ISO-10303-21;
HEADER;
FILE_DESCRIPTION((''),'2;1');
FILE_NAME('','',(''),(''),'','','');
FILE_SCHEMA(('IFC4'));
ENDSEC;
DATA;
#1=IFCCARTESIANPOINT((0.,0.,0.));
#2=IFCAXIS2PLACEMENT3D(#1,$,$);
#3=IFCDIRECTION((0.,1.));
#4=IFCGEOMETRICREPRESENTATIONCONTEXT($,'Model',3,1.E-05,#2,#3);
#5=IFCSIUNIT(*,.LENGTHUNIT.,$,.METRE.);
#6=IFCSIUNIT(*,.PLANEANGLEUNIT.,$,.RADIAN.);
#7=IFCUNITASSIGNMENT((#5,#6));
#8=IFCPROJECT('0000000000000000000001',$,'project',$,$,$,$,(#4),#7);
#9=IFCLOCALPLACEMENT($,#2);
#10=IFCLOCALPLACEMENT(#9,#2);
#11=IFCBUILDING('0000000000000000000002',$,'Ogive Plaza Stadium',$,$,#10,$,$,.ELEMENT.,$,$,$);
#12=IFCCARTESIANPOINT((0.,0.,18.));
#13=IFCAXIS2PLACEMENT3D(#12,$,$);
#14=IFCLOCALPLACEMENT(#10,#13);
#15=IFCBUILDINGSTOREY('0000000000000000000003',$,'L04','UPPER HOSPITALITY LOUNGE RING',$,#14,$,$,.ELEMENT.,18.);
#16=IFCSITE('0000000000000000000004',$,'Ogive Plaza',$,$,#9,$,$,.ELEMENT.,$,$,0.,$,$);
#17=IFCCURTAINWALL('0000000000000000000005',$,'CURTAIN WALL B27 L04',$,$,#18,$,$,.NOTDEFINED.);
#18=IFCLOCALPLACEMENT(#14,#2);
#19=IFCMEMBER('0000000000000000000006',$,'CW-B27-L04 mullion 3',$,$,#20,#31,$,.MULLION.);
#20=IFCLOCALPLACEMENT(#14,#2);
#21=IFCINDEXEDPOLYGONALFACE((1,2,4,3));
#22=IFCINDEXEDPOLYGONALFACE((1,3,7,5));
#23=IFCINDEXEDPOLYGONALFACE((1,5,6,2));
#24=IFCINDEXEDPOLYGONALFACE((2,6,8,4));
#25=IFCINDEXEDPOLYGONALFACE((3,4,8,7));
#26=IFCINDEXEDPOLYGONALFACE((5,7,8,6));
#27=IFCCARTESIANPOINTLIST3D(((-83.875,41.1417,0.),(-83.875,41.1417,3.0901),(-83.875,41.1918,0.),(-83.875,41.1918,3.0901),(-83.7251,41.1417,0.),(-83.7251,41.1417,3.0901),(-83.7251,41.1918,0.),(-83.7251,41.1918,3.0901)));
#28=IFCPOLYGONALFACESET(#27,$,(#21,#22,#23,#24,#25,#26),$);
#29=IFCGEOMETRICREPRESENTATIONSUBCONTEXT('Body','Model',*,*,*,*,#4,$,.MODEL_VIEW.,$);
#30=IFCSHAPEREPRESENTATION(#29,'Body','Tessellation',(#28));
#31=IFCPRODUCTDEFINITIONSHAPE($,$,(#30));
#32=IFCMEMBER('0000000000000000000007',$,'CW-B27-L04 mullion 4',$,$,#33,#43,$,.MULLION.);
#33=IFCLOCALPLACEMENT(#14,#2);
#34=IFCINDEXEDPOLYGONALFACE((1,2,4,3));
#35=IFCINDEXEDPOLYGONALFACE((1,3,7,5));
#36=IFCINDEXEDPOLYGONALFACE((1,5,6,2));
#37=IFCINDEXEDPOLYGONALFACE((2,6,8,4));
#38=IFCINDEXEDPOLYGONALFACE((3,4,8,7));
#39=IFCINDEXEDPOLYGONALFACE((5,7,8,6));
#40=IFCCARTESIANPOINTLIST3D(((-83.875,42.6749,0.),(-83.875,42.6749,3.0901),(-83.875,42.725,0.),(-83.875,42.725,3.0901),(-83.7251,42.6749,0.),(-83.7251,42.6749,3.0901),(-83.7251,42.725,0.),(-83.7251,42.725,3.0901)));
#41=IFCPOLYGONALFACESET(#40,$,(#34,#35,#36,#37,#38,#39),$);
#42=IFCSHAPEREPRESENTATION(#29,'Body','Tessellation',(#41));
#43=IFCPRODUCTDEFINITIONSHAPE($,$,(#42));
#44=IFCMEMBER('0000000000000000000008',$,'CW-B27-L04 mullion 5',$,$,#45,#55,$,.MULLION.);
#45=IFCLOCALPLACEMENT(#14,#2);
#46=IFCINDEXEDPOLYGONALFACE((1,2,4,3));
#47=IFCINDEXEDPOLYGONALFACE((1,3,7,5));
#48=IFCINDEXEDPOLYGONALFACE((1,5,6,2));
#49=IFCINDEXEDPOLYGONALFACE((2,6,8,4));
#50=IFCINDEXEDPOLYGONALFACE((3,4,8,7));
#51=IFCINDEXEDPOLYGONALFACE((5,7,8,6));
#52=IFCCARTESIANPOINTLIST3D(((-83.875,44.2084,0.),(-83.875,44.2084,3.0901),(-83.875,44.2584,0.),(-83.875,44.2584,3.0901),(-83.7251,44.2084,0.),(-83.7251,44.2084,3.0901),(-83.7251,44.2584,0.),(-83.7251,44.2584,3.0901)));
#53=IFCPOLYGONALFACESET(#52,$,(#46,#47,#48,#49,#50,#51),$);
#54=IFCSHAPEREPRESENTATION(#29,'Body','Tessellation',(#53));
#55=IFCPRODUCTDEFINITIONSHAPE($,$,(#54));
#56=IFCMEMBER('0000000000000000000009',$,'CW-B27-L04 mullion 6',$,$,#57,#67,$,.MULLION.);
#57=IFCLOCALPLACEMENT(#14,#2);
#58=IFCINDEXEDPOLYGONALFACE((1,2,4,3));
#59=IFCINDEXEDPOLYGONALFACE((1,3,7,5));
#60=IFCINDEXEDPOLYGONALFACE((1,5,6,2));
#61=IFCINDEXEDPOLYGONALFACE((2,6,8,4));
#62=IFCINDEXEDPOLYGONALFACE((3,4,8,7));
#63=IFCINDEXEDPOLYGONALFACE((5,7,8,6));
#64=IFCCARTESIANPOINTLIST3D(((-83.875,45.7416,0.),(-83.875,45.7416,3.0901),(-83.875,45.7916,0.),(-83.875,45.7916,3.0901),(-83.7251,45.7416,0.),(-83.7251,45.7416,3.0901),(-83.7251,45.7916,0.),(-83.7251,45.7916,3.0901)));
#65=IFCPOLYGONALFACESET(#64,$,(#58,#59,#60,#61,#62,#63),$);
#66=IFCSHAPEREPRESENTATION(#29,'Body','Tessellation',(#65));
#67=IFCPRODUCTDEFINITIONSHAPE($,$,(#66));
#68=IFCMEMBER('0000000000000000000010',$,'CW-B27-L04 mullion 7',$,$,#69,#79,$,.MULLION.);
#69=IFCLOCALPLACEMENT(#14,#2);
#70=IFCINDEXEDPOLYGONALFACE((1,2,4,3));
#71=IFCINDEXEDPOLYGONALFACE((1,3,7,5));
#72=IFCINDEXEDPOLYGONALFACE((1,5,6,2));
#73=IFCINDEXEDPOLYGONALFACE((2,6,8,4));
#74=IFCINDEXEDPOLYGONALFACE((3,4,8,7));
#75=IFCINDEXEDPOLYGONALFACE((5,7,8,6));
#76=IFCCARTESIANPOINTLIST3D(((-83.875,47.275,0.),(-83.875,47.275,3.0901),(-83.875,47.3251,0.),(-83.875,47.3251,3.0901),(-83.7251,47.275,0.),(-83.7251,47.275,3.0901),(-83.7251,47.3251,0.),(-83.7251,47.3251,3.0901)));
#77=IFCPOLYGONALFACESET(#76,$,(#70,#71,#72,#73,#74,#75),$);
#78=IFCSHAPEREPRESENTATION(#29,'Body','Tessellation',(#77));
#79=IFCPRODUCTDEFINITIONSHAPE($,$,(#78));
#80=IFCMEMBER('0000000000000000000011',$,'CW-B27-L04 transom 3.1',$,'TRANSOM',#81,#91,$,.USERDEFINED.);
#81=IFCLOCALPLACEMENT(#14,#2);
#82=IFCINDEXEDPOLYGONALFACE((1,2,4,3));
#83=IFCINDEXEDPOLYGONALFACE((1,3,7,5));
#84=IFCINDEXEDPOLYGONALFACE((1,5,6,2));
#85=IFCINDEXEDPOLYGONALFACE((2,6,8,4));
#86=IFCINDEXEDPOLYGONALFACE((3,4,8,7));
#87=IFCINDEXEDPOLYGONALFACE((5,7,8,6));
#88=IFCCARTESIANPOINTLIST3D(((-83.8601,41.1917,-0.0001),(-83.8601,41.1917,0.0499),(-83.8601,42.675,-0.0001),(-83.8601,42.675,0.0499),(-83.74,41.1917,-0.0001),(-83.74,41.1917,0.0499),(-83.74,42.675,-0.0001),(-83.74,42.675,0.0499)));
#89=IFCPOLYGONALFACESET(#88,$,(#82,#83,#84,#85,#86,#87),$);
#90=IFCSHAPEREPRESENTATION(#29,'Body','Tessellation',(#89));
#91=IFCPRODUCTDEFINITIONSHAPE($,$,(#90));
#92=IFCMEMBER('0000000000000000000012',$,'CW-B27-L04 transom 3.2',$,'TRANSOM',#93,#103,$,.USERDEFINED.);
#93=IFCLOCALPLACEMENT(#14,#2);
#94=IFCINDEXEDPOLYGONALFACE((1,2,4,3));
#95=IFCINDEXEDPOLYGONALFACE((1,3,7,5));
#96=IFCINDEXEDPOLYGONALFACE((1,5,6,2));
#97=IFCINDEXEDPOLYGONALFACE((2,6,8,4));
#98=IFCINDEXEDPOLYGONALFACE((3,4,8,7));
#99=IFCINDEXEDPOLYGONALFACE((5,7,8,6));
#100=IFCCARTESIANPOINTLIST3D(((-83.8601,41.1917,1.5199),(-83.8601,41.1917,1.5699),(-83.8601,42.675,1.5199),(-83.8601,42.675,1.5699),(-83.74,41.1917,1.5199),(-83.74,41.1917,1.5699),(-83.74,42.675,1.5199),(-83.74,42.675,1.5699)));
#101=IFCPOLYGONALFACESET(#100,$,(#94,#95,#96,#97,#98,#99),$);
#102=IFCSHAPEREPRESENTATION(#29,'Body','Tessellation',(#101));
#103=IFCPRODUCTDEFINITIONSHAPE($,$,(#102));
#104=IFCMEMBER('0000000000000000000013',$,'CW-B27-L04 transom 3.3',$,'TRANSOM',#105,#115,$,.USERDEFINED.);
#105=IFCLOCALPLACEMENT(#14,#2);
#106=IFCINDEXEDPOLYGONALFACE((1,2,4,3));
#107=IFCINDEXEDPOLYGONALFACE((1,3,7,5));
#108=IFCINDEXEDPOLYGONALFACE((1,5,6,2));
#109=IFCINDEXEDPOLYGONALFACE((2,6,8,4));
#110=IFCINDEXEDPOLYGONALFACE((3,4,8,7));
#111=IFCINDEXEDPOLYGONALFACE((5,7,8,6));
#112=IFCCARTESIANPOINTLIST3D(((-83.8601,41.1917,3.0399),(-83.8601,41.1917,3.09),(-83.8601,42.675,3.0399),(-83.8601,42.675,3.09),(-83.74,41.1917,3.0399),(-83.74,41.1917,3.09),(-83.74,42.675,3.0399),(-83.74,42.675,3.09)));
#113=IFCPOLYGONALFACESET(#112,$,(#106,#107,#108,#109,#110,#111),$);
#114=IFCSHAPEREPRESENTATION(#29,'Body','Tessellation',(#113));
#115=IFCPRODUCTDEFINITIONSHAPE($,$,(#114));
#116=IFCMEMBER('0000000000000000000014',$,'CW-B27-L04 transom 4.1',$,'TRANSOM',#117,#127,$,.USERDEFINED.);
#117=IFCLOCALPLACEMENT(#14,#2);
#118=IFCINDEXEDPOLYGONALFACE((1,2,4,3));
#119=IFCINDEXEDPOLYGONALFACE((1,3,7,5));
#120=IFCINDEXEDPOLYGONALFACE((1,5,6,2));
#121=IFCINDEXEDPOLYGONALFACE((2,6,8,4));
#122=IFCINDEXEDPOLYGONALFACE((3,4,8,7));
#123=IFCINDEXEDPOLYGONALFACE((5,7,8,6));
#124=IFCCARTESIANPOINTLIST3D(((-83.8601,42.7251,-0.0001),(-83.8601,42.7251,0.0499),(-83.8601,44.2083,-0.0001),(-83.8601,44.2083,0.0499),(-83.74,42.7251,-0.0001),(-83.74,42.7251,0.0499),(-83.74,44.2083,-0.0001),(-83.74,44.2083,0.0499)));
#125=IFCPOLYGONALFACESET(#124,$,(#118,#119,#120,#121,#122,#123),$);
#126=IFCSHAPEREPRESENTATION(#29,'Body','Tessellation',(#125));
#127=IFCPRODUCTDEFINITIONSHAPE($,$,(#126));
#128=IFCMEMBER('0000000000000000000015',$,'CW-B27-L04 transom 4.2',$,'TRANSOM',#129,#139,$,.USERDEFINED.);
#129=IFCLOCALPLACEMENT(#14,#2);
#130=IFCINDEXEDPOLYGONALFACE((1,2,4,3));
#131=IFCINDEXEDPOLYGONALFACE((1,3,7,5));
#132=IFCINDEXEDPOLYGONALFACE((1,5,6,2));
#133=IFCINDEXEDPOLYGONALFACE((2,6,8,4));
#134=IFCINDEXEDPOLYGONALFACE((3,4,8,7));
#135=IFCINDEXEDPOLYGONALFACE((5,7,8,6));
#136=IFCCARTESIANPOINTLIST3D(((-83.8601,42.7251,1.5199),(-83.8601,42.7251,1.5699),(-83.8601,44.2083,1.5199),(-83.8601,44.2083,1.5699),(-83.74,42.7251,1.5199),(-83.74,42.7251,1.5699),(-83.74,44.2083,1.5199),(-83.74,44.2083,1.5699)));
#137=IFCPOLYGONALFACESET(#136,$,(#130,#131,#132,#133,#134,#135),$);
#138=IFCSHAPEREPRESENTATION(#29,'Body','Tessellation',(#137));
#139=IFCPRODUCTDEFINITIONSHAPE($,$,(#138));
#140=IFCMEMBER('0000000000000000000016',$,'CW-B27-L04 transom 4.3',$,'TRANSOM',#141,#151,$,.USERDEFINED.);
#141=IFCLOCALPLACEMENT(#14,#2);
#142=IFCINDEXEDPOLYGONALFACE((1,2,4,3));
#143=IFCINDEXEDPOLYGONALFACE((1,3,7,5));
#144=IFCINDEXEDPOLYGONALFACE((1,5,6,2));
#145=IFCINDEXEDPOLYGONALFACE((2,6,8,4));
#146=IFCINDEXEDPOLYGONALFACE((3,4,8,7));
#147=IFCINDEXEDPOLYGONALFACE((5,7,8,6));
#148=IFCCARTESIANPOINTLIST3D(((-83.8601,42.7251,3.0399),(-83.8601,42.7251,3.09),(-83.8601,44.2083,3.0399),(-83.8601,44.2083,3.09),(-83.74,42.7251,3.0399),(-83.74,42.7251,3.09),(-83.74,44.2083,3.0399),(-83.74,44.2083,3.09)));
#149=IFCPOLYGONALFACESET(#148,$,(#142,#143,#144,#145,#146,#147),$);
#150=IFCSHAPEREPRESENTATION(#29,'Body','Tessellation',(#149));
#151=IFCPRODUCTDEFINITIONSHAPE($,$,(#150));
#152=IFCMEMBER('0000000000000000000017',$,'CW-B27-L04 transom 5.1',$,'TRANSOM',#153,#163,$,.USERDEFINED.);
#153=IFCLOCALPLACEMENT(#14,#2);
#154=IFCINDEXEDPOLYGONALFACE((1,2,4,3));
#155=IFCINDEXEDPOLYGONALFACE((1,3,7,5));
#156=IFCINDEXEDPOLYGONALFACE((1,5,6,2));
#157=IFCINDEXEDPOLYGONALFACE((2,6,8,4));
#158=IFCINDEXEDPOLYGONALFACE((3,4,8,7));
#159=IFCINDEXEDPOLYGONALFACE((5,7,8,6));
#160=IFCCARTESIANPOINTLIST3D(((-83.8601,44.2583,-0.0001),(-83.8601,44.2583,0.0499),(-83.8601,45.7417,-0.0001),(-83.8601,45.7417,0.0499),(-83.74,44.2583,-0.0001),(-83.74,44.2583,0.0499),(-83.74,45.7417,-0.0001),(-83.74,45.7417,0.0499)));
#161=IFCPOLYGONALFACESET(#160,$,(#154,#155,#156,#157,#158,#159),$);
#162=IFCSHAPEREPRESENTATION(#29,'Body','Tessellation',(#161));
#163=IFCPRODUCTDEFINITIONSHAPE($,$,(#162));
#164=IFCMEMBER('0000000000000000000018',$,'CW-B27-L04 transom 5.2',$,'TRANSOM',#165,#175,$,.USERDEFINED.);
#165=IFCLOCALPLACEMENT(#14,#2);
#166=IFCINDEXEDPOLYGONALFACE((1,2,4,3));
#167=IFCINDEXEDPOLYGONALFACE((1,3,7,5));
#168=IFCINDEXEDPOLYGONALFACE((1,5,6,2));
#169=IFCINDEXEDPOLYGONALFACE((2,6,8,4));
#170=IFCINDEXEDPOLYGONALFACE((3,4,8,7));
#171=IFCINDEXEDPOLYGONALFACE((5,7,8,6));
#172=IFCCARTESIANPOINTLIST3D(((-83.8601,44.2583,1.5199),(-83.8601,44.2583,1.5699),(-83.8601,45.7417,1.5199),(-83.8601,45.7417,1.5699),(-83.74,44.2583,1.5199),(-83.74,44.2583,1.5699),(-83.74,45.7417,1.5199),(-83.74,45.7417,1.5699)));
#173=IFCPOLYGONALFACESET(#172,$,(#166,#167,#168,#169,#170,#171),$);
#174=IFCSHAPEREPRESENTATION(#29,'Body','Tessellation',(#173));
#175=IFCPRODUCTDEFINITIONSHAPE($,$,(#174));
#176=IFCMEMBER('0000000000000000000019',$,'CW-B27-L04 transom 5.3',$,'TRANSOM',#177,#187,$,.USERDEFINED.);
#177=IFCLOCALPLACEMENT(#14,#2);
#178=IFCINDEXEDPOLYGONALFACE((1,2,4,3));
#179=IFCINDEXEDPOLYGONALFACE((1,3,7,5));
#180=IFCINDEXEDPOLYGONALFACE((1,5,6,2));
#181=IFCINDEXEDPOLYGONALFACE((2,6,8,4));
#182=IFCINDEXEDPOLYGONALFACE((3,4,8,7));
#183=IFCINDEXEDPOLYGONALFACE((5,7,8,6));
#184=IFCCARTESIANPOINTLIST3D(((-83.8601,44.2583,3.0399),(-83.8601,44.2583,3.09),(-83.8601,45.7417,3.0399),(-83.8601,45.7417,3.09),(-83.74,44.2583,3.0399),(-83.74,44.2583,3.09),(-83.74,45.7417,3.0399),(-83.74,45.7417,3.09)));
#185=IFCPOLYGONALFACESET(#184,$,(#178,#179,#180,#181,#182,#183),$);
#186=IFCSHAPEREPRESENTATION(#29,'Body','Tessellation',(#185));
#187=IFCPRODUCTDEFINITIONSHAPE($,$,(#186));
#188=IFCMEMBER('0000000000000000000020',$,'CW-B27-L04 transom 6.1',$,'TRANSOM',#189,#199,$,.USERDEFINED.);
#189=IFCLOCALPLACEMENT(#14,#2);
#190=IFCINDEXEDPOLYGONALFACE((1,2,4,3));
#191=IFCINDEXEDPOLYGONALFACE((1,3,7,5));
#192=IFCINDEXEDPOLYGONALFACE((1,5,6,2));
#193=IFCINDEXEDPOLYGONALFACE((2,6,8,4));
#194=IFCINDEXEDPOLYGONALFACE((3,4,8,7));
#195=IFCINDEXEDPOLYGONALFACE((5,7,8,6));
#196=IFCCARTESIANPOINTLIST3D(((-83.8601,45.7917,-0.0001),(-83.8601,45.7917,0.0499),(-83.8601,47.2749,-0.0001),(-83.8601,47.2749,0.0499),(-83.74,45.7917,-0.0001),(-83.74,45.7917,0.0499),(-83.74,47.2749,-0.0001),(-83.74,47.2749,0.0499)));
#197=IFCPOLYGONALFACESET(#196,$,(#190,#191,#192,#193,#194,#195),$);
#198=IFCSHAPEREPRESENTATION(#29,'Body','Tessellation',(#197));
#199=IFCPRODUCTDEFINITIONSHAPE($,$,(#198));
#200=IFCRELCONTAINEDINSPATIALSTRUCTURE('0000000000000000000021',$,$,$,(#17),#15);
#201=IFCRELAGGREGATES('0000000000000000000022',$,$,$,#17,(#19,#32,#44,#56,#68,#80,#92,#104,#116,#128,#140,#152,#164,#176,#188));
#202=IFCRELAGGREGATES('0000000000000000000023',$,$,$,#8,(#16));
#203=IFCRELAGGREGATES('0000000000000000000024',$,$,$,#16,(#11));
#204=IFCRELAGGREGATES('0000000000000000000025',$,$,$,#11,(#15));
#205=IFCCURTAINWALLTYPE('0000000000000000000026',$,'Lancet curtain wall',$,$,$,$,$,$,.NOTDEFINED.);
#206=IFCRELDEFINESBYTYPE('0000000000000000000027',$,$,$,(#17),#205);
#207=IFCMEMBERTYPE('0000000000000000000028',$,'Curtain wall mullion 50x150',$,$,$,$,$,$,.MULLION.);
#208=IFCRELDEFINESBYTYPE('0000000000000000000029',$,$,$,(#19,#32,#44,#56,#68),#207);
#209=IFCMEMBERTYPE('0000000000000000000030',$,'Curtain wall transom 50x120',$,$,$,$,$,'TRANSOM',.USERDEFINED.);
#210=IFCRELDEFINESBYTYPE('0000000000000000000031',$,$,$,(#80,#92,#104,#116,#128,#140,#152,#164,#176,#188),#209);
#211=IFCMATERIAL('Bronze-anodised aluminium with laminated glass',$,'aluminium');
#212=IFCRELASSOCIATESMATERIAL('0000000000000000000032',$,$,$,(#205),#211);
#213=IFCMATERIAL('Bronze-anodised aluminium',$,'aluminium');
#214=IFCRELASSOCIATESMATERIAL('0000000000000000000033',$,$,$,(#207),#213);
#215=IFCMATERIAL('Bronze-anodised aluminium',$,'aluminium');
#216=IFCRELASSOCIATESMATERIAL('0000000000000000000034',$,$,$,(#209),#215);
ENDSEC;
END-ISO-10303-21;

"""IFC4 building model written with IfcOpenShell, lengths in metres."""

from ifc_helpers import new_model, si_unit, direction, frame, origin, origin_2d, place, context, subcontext, project, spatial, rectangle, extrude, material, material_profile, profile_set, type_object, element, aggregate, save


model = new_model("IFC4")

# Units and contexts
model_context = context("Model", 3, precision=1e-05, world=origin(), true_north=direction((0.0, 1.0)))
body_context = subcontext(model_context, "Body", "Model", "MODEL_VIEW")
ifc_project = project(units=[si_unit("LENGTHUNIT", "METRE"), si_unit("PLANEANGLEUNIT", "RADIAN")], contexts=[model_context])

# Site, building, storey
site_placement = place(None, origin())
site = spatial("IfcSite", under=ifc_project, at=site_placement, Name="Ogive Plaza", CompositionType="ELEMENT", RefElevation=0.0)
building_placement = place(site_placement, origin())
building = spatial("IfcBuilding", under=site, at=building_placement, Name="Ogive Plaza Stadium", CompositionType="ELEMENT")
storey_placement = place(building_placement, frame((0.0, 0.0, 18.0)))
storey = spatial("IfcBuildingStorey", under=building, at=storey_placement, Name="L04", Description="UPPER HOSPITALITY LOUNGE RING", CompositionType="ELEMENT", Elevation=18.0)

# Curtain wall, members
ifc_material_1 = material(Name="Bronze-anodised aluminium with laminated glass", Category="aluminium")
curtain_wall_type = type_object("IfcCurtainWallType", Name="Lancet curtain wall", PredefinedType="NOTDEFINED", material=ifc_material_1)
curtain_wall_placement = place(storey_placement, origin())
curtain_wall = element("IfcCurtainWall", 1, at=curtain_wall_placement, inside=storey, type_object=curtain_wall_type, Name="CURTAIN WALL B27 L04", PredefinedType="NOTDEFINED")
ifc_material_2 = material(Name="Bronze-anodised aluminium", Category="aluminium")
ifc_material_profile_1 = material_profile(ifc_material_2, rectangle(XDim=0.1499, YDim=0.05, at=origin_2d()), Name="AL 150x50")
ifc_profile_set_1 = profile_set([ifc_material_profile_1], Name="Bronze-anodised aluminium")
member_type_1 = type_object("IfcMemberType", Name="Curtain wall mullion 50x150", PredefinedType="MULLION", material=ifc_profile_set_1)
member_1_placement = place(storey_placement, frame((-83.8, 41.1667, 0.0), z_axis=(0.0, 0.0, 1.0), x_axis=(-1.0, 0.0, 0.0)))
member_1 = element("IfcMember", 2, at=member_1_placement, type_object=member_type_1, Name="CW-B27-L04 mullion 3", PredefinedType="MULLION", context=body_context, shape_type="SweptSolid", body=[
    extrude(rectangle(XDim=0.1499, YDim=0.05, at=origin_2d()), origin(), (0.0, 0.0, 1.0), 3.0901),
])
member_2_placement = place(storey_placement, frame((-83.8, 42.7, 0.0), z_axis=(0.0, 0.0, 1.0), x_axis=(-1.0, 0.0, 0.0)))
member_2 = element("IfcMember", 3, at=member_2_placement, type_object=member_type_1, Name="CW-B27-L04 mullion 4", PredefinedType="MULLION", context=body_context, shape_type="SweptSolid", body=[
    extrude(rectangle(XDim=0.1499, YDim=0.05, at=origin_2d()), origin(), (0.0, 0.0, 1.0), 3.0901),
])
member_3_placement = place(storey_placement, frame((-83.8, 44.2334, 0.0), z_axis=(0.0, 0.0, 1.0), x_axis=(-1.0, 0.0, 0.0)))
member_3 = element("IfcMember", 4, at=member_3_placement, type_object=member_type_1, Name="CW-B27-L04 mullion 5", PredefinedType="MULLION", context=body_context, shape_type="SweptSolid", body=[
    extrude(rectangle(XDim=0.1499, YDim=0.05, at=origin_2d()), origin(), (0.0, 0.0, 1.0), 3.0901),
])
member_4_placement = place(storey_placement, frame((-83.8, 45.7666, 0.0), z_axis=(0.0, 0.0, 1.0), x_axis=(-1.0, 0.0, 0.0)))
member_4 = element("IfcMember", 5, at=member_4_placement, type_object=member_type_1, Name="CW-B27-L04 mullion 6", PredefinedType="MULLION", context=body_context, shape_type="SweptSolid", body=[
    extrude(rectangle(XDim=0.1499, YDim=0.05, at=origin_2d()), origin(), (0.0, 0.0, 1.0), 3.0901),
])
member_5_placement = place(storey_placement, frame((-83.8, 47.3, 0.0), z_axis=(0.0, 0.0, 1.0), x_axis=(-1.0, 0.0, 0.0)))
member_5 = element("IfcMember", 6, at=member_5_placement, type_object=member_type_1, Name="CW-B27-L04 mullion 7", PredefinedType="MULLION", context=body_context, shape_type="SweptSolid", body=[
    extrude(rectangle(XDim=0.1499, YDim=0.05, at=origin_2d()), origin(), (0.0, 0.0, 1.0), 3.0901),
])
ifc_material_3 = material(Name="Bronze-anodised aluminium", Category="aluminium")
ifc_material_profile_2 = material_profile(ifc_material_3, rectangle(XDim=0.1201, YDim=0.05, at=origin_2d()), Name="AL 120x50")
ifc_profile_set_2 = profile_set([ifc_material_profile_2], Name="Bronze-anodised aluminium")
member_type_2 = type_object("IfcMemberType", Name="Curtain wall transom 50x120", ElementType="TRANSOM", PredefinedType="USERDEFINED", material=ifc_profile_set_2)
member_6_placement = place(storey_placement, frame((-83.8, 41.1917, 0.0249), z_axis=(0.0, 1.0, 0.0), x_axis=(-1.0, 0.0, 0.0)))
member_6 = element("IfcMember", 7, at=member_6_placement, type_object=member_type_2, Name="CW-B27-L04 transom 3.1", ObjectType="TRANSOM", PredefinedType="USERDEFINED", context=body_context, shape_type="SweptSolid", body=[
    extrude(rectangle(XDim=0.1201, YDim=0.05, at=origin_2d()), origin(), (0.0, 0.0, 1.0), 1.4834),
])
member_7_placement = place(storey_placement, frame((-83.8, 41.1917, 1.5449), z_axis=(0.0, 1.0, 0.0), x_axis=(-1.0, 0.0, 0.0)))
member_7 = element("IfcMember", 8, at=member_7_placement, type_object=member_type_2, Name="CW-B27-L04 transom 3.2", ObjectType="TRANSOM", PredefinedType="USERDEFINED", context=body_context, shape_type="SweptSolid", body=[
    extrude(rectangle(XDim=0.1201, YDim=0.05, at=origin_2d()), origin(), (0.0, 0.0, 1.0), 1.4834),
])
member_8_placement = place(storey_placement, frame((-83.8, 41.1917, 3.0649), z_axis=(0.0, 1.0, 0.0), x_axis=(-1.0, 0.0, 0.0)))
member_8 = element("IfcMember", 9, at=member_8_placement, type_object=member_type_2, Name="CW-B27-L04 transom 3.3", ObjectType="TRANSOM", PredefinedType="USERDEFINED", context=body_context, shape_type="SweptSolid", body=[
    extrude(rectangle(XDim=0.1201, YDim=0.05, at=origin_2d()), origin(), (0.0, 0.0, 1.0), 1.4834),
])
member_9_placement = place(storey_placement, frame((-83.8, 42.7251, 0.0249), z_axis=(0.0, 1.0, 0.0), x_axis=(-1.0, 0.0, 0.0)))
member_9 = element("IfcMember", 10, at=member_9_placement, type_object=member_type_2, Name="CW-B27-L04 transom 4.1", ObjectType="TRANSOM", PredefinedType="USERDEFINED", context=body_context, shape_type="SweptSolid", body=[
    extrude(rectangle(XDim=0.1201, YDim=0.05, at=origin_2d()), origin(), (0.0, 0.0, 1.0), 1.4832),
])
member_10_placement = place(storey_placement, frame((-83.8, 42.7251, 1.5449), z_axis=(0.0, 1.0, 0.0), x_axis=(-1.0, 0.0, 0.0)))
member_10 = element("IfcMember", 11, at=member_10_placement, type_object=member_type_2, Name="CW-B27-L04 transom 4.2", ObjectType="TRANSOM", PredefinedType="USERDEFINED", context=body_context, shape_type="SweptSolid", body=[
    extrude(rectangle(XDim=0.1201, YDim=0.05, at=origin_2d()), origin(), (0.0, 0.0, 1.0), 1.4832),
])
member_11_placement = place(storey_placement, frame((-83.8, 42.7251, 3.0649), z_axis=(0.0, 1.0, 0.0), x_axis=(-1.0, 0.0, 0.0)))
member_11 = element("IfcMember", 12, at=member_11_placement, type_object=member_type_2, Name="CW-B27-L04 transom 4.3", ObjectType="TRANSOM", PredefinedType="USERDEFINED", context=body_context, shape_type="SweptSolid", body=[
    extrude(rectangle(XDim=0.1201, YDim=0.05, at=origin_2d()), origin(), (0.0, 0.0, 1.0), 1.4832),
])
member_12_placement = place(storey_placement, frame((-83.8, 44.2583, 0.0249), z_axis=(0.0, 1.0, 0.0), x_axis=(-1.0, 0.0, 0.0)))
member_12 = element("IfcMember", 13, at=member_12_placement, type_object=member_type_2, Name="CW-B27-L04 transom 5.1", ObjectType="TRANSOM", PredefinedType="USERDEFINED", context=body_context, shape_type="SweptSolid", body=[
    extrude(rectangle(XDim=0.1201, YDim=0.05, at=origin_2d()), origin(), (0.0, 0.0, 1.0), 1.4834),
])
member_13_placement = place(storey_placement, frame((-83.8, 44.2583, 1.5449), z_axis=(0.0, 1.0, 0.0), x_axis=(-1.0, 0.0, 0.0)))
member_13 = element("IfcMember", 14, at=member_13_placement, type_object=member_type_2, Name="CW-B27-L04 transom 5.2", ObjectType="TRANSOM", PredefinedType="USERDEFINED", context=body_context, shape_type="SweptSolid", body=[
    extrude(rectangle(XDim=0.1201, YDim=0.05, at=origin_2d()), origin(), (0.0, 0.0, 1.0), 1.4834),
])
member_14_placement = place(storey_placement, frame((-83.8, 44.2583, 3.0649), z_axis=(0.0, 1.0, 0.0), x_axis=(-1.0, 0.0, 0.0)))
member_14 = element("IfcMember", 15, at=member_14_placement, type_object=member_type_2, Name="CW-B27-L04 transom 5.3", ObjectType="TRANSOM", PredefinedType="USERDEFINED", context=body_context, shape_type="SweptSolid", body=[
    extrude(rectangle(XDim=0.1201, YDim=0.05, at=origin_2d()), origin(), (0.0, 0.0, 1.0), 1.4834),
])
member_15_placement = place(storey_placement, frame((-83.8, 45.7917, 0.0249), z_axis=(0.0, 1.0, 0.0), x_axis=(-1.0, 0.0, 0.0)))
member_15 = element("IfcMember", 16, at=member_15_placement, type_object=member_type_2, Name="CW-B27-L04 transom 6.1", ObjectType="TRANSOM", PredefinedType="USERDEFINED", context=body_context, shape_type="SweptSolid", body=[
    extrude(rectangle(XDim=0.1201, YDim=0.05, at=origin_2d()), origin(), (0.0, 0.0, 1.0), 1.4832),
])
aggregate(curtain_wall, [member_1, member_2, member_3, member_4, member_5, member_6, member_7, member_8, member_9, member_10, member_11, member_12, member_13, member_14, member_15])

save(model, "model.ifc")
